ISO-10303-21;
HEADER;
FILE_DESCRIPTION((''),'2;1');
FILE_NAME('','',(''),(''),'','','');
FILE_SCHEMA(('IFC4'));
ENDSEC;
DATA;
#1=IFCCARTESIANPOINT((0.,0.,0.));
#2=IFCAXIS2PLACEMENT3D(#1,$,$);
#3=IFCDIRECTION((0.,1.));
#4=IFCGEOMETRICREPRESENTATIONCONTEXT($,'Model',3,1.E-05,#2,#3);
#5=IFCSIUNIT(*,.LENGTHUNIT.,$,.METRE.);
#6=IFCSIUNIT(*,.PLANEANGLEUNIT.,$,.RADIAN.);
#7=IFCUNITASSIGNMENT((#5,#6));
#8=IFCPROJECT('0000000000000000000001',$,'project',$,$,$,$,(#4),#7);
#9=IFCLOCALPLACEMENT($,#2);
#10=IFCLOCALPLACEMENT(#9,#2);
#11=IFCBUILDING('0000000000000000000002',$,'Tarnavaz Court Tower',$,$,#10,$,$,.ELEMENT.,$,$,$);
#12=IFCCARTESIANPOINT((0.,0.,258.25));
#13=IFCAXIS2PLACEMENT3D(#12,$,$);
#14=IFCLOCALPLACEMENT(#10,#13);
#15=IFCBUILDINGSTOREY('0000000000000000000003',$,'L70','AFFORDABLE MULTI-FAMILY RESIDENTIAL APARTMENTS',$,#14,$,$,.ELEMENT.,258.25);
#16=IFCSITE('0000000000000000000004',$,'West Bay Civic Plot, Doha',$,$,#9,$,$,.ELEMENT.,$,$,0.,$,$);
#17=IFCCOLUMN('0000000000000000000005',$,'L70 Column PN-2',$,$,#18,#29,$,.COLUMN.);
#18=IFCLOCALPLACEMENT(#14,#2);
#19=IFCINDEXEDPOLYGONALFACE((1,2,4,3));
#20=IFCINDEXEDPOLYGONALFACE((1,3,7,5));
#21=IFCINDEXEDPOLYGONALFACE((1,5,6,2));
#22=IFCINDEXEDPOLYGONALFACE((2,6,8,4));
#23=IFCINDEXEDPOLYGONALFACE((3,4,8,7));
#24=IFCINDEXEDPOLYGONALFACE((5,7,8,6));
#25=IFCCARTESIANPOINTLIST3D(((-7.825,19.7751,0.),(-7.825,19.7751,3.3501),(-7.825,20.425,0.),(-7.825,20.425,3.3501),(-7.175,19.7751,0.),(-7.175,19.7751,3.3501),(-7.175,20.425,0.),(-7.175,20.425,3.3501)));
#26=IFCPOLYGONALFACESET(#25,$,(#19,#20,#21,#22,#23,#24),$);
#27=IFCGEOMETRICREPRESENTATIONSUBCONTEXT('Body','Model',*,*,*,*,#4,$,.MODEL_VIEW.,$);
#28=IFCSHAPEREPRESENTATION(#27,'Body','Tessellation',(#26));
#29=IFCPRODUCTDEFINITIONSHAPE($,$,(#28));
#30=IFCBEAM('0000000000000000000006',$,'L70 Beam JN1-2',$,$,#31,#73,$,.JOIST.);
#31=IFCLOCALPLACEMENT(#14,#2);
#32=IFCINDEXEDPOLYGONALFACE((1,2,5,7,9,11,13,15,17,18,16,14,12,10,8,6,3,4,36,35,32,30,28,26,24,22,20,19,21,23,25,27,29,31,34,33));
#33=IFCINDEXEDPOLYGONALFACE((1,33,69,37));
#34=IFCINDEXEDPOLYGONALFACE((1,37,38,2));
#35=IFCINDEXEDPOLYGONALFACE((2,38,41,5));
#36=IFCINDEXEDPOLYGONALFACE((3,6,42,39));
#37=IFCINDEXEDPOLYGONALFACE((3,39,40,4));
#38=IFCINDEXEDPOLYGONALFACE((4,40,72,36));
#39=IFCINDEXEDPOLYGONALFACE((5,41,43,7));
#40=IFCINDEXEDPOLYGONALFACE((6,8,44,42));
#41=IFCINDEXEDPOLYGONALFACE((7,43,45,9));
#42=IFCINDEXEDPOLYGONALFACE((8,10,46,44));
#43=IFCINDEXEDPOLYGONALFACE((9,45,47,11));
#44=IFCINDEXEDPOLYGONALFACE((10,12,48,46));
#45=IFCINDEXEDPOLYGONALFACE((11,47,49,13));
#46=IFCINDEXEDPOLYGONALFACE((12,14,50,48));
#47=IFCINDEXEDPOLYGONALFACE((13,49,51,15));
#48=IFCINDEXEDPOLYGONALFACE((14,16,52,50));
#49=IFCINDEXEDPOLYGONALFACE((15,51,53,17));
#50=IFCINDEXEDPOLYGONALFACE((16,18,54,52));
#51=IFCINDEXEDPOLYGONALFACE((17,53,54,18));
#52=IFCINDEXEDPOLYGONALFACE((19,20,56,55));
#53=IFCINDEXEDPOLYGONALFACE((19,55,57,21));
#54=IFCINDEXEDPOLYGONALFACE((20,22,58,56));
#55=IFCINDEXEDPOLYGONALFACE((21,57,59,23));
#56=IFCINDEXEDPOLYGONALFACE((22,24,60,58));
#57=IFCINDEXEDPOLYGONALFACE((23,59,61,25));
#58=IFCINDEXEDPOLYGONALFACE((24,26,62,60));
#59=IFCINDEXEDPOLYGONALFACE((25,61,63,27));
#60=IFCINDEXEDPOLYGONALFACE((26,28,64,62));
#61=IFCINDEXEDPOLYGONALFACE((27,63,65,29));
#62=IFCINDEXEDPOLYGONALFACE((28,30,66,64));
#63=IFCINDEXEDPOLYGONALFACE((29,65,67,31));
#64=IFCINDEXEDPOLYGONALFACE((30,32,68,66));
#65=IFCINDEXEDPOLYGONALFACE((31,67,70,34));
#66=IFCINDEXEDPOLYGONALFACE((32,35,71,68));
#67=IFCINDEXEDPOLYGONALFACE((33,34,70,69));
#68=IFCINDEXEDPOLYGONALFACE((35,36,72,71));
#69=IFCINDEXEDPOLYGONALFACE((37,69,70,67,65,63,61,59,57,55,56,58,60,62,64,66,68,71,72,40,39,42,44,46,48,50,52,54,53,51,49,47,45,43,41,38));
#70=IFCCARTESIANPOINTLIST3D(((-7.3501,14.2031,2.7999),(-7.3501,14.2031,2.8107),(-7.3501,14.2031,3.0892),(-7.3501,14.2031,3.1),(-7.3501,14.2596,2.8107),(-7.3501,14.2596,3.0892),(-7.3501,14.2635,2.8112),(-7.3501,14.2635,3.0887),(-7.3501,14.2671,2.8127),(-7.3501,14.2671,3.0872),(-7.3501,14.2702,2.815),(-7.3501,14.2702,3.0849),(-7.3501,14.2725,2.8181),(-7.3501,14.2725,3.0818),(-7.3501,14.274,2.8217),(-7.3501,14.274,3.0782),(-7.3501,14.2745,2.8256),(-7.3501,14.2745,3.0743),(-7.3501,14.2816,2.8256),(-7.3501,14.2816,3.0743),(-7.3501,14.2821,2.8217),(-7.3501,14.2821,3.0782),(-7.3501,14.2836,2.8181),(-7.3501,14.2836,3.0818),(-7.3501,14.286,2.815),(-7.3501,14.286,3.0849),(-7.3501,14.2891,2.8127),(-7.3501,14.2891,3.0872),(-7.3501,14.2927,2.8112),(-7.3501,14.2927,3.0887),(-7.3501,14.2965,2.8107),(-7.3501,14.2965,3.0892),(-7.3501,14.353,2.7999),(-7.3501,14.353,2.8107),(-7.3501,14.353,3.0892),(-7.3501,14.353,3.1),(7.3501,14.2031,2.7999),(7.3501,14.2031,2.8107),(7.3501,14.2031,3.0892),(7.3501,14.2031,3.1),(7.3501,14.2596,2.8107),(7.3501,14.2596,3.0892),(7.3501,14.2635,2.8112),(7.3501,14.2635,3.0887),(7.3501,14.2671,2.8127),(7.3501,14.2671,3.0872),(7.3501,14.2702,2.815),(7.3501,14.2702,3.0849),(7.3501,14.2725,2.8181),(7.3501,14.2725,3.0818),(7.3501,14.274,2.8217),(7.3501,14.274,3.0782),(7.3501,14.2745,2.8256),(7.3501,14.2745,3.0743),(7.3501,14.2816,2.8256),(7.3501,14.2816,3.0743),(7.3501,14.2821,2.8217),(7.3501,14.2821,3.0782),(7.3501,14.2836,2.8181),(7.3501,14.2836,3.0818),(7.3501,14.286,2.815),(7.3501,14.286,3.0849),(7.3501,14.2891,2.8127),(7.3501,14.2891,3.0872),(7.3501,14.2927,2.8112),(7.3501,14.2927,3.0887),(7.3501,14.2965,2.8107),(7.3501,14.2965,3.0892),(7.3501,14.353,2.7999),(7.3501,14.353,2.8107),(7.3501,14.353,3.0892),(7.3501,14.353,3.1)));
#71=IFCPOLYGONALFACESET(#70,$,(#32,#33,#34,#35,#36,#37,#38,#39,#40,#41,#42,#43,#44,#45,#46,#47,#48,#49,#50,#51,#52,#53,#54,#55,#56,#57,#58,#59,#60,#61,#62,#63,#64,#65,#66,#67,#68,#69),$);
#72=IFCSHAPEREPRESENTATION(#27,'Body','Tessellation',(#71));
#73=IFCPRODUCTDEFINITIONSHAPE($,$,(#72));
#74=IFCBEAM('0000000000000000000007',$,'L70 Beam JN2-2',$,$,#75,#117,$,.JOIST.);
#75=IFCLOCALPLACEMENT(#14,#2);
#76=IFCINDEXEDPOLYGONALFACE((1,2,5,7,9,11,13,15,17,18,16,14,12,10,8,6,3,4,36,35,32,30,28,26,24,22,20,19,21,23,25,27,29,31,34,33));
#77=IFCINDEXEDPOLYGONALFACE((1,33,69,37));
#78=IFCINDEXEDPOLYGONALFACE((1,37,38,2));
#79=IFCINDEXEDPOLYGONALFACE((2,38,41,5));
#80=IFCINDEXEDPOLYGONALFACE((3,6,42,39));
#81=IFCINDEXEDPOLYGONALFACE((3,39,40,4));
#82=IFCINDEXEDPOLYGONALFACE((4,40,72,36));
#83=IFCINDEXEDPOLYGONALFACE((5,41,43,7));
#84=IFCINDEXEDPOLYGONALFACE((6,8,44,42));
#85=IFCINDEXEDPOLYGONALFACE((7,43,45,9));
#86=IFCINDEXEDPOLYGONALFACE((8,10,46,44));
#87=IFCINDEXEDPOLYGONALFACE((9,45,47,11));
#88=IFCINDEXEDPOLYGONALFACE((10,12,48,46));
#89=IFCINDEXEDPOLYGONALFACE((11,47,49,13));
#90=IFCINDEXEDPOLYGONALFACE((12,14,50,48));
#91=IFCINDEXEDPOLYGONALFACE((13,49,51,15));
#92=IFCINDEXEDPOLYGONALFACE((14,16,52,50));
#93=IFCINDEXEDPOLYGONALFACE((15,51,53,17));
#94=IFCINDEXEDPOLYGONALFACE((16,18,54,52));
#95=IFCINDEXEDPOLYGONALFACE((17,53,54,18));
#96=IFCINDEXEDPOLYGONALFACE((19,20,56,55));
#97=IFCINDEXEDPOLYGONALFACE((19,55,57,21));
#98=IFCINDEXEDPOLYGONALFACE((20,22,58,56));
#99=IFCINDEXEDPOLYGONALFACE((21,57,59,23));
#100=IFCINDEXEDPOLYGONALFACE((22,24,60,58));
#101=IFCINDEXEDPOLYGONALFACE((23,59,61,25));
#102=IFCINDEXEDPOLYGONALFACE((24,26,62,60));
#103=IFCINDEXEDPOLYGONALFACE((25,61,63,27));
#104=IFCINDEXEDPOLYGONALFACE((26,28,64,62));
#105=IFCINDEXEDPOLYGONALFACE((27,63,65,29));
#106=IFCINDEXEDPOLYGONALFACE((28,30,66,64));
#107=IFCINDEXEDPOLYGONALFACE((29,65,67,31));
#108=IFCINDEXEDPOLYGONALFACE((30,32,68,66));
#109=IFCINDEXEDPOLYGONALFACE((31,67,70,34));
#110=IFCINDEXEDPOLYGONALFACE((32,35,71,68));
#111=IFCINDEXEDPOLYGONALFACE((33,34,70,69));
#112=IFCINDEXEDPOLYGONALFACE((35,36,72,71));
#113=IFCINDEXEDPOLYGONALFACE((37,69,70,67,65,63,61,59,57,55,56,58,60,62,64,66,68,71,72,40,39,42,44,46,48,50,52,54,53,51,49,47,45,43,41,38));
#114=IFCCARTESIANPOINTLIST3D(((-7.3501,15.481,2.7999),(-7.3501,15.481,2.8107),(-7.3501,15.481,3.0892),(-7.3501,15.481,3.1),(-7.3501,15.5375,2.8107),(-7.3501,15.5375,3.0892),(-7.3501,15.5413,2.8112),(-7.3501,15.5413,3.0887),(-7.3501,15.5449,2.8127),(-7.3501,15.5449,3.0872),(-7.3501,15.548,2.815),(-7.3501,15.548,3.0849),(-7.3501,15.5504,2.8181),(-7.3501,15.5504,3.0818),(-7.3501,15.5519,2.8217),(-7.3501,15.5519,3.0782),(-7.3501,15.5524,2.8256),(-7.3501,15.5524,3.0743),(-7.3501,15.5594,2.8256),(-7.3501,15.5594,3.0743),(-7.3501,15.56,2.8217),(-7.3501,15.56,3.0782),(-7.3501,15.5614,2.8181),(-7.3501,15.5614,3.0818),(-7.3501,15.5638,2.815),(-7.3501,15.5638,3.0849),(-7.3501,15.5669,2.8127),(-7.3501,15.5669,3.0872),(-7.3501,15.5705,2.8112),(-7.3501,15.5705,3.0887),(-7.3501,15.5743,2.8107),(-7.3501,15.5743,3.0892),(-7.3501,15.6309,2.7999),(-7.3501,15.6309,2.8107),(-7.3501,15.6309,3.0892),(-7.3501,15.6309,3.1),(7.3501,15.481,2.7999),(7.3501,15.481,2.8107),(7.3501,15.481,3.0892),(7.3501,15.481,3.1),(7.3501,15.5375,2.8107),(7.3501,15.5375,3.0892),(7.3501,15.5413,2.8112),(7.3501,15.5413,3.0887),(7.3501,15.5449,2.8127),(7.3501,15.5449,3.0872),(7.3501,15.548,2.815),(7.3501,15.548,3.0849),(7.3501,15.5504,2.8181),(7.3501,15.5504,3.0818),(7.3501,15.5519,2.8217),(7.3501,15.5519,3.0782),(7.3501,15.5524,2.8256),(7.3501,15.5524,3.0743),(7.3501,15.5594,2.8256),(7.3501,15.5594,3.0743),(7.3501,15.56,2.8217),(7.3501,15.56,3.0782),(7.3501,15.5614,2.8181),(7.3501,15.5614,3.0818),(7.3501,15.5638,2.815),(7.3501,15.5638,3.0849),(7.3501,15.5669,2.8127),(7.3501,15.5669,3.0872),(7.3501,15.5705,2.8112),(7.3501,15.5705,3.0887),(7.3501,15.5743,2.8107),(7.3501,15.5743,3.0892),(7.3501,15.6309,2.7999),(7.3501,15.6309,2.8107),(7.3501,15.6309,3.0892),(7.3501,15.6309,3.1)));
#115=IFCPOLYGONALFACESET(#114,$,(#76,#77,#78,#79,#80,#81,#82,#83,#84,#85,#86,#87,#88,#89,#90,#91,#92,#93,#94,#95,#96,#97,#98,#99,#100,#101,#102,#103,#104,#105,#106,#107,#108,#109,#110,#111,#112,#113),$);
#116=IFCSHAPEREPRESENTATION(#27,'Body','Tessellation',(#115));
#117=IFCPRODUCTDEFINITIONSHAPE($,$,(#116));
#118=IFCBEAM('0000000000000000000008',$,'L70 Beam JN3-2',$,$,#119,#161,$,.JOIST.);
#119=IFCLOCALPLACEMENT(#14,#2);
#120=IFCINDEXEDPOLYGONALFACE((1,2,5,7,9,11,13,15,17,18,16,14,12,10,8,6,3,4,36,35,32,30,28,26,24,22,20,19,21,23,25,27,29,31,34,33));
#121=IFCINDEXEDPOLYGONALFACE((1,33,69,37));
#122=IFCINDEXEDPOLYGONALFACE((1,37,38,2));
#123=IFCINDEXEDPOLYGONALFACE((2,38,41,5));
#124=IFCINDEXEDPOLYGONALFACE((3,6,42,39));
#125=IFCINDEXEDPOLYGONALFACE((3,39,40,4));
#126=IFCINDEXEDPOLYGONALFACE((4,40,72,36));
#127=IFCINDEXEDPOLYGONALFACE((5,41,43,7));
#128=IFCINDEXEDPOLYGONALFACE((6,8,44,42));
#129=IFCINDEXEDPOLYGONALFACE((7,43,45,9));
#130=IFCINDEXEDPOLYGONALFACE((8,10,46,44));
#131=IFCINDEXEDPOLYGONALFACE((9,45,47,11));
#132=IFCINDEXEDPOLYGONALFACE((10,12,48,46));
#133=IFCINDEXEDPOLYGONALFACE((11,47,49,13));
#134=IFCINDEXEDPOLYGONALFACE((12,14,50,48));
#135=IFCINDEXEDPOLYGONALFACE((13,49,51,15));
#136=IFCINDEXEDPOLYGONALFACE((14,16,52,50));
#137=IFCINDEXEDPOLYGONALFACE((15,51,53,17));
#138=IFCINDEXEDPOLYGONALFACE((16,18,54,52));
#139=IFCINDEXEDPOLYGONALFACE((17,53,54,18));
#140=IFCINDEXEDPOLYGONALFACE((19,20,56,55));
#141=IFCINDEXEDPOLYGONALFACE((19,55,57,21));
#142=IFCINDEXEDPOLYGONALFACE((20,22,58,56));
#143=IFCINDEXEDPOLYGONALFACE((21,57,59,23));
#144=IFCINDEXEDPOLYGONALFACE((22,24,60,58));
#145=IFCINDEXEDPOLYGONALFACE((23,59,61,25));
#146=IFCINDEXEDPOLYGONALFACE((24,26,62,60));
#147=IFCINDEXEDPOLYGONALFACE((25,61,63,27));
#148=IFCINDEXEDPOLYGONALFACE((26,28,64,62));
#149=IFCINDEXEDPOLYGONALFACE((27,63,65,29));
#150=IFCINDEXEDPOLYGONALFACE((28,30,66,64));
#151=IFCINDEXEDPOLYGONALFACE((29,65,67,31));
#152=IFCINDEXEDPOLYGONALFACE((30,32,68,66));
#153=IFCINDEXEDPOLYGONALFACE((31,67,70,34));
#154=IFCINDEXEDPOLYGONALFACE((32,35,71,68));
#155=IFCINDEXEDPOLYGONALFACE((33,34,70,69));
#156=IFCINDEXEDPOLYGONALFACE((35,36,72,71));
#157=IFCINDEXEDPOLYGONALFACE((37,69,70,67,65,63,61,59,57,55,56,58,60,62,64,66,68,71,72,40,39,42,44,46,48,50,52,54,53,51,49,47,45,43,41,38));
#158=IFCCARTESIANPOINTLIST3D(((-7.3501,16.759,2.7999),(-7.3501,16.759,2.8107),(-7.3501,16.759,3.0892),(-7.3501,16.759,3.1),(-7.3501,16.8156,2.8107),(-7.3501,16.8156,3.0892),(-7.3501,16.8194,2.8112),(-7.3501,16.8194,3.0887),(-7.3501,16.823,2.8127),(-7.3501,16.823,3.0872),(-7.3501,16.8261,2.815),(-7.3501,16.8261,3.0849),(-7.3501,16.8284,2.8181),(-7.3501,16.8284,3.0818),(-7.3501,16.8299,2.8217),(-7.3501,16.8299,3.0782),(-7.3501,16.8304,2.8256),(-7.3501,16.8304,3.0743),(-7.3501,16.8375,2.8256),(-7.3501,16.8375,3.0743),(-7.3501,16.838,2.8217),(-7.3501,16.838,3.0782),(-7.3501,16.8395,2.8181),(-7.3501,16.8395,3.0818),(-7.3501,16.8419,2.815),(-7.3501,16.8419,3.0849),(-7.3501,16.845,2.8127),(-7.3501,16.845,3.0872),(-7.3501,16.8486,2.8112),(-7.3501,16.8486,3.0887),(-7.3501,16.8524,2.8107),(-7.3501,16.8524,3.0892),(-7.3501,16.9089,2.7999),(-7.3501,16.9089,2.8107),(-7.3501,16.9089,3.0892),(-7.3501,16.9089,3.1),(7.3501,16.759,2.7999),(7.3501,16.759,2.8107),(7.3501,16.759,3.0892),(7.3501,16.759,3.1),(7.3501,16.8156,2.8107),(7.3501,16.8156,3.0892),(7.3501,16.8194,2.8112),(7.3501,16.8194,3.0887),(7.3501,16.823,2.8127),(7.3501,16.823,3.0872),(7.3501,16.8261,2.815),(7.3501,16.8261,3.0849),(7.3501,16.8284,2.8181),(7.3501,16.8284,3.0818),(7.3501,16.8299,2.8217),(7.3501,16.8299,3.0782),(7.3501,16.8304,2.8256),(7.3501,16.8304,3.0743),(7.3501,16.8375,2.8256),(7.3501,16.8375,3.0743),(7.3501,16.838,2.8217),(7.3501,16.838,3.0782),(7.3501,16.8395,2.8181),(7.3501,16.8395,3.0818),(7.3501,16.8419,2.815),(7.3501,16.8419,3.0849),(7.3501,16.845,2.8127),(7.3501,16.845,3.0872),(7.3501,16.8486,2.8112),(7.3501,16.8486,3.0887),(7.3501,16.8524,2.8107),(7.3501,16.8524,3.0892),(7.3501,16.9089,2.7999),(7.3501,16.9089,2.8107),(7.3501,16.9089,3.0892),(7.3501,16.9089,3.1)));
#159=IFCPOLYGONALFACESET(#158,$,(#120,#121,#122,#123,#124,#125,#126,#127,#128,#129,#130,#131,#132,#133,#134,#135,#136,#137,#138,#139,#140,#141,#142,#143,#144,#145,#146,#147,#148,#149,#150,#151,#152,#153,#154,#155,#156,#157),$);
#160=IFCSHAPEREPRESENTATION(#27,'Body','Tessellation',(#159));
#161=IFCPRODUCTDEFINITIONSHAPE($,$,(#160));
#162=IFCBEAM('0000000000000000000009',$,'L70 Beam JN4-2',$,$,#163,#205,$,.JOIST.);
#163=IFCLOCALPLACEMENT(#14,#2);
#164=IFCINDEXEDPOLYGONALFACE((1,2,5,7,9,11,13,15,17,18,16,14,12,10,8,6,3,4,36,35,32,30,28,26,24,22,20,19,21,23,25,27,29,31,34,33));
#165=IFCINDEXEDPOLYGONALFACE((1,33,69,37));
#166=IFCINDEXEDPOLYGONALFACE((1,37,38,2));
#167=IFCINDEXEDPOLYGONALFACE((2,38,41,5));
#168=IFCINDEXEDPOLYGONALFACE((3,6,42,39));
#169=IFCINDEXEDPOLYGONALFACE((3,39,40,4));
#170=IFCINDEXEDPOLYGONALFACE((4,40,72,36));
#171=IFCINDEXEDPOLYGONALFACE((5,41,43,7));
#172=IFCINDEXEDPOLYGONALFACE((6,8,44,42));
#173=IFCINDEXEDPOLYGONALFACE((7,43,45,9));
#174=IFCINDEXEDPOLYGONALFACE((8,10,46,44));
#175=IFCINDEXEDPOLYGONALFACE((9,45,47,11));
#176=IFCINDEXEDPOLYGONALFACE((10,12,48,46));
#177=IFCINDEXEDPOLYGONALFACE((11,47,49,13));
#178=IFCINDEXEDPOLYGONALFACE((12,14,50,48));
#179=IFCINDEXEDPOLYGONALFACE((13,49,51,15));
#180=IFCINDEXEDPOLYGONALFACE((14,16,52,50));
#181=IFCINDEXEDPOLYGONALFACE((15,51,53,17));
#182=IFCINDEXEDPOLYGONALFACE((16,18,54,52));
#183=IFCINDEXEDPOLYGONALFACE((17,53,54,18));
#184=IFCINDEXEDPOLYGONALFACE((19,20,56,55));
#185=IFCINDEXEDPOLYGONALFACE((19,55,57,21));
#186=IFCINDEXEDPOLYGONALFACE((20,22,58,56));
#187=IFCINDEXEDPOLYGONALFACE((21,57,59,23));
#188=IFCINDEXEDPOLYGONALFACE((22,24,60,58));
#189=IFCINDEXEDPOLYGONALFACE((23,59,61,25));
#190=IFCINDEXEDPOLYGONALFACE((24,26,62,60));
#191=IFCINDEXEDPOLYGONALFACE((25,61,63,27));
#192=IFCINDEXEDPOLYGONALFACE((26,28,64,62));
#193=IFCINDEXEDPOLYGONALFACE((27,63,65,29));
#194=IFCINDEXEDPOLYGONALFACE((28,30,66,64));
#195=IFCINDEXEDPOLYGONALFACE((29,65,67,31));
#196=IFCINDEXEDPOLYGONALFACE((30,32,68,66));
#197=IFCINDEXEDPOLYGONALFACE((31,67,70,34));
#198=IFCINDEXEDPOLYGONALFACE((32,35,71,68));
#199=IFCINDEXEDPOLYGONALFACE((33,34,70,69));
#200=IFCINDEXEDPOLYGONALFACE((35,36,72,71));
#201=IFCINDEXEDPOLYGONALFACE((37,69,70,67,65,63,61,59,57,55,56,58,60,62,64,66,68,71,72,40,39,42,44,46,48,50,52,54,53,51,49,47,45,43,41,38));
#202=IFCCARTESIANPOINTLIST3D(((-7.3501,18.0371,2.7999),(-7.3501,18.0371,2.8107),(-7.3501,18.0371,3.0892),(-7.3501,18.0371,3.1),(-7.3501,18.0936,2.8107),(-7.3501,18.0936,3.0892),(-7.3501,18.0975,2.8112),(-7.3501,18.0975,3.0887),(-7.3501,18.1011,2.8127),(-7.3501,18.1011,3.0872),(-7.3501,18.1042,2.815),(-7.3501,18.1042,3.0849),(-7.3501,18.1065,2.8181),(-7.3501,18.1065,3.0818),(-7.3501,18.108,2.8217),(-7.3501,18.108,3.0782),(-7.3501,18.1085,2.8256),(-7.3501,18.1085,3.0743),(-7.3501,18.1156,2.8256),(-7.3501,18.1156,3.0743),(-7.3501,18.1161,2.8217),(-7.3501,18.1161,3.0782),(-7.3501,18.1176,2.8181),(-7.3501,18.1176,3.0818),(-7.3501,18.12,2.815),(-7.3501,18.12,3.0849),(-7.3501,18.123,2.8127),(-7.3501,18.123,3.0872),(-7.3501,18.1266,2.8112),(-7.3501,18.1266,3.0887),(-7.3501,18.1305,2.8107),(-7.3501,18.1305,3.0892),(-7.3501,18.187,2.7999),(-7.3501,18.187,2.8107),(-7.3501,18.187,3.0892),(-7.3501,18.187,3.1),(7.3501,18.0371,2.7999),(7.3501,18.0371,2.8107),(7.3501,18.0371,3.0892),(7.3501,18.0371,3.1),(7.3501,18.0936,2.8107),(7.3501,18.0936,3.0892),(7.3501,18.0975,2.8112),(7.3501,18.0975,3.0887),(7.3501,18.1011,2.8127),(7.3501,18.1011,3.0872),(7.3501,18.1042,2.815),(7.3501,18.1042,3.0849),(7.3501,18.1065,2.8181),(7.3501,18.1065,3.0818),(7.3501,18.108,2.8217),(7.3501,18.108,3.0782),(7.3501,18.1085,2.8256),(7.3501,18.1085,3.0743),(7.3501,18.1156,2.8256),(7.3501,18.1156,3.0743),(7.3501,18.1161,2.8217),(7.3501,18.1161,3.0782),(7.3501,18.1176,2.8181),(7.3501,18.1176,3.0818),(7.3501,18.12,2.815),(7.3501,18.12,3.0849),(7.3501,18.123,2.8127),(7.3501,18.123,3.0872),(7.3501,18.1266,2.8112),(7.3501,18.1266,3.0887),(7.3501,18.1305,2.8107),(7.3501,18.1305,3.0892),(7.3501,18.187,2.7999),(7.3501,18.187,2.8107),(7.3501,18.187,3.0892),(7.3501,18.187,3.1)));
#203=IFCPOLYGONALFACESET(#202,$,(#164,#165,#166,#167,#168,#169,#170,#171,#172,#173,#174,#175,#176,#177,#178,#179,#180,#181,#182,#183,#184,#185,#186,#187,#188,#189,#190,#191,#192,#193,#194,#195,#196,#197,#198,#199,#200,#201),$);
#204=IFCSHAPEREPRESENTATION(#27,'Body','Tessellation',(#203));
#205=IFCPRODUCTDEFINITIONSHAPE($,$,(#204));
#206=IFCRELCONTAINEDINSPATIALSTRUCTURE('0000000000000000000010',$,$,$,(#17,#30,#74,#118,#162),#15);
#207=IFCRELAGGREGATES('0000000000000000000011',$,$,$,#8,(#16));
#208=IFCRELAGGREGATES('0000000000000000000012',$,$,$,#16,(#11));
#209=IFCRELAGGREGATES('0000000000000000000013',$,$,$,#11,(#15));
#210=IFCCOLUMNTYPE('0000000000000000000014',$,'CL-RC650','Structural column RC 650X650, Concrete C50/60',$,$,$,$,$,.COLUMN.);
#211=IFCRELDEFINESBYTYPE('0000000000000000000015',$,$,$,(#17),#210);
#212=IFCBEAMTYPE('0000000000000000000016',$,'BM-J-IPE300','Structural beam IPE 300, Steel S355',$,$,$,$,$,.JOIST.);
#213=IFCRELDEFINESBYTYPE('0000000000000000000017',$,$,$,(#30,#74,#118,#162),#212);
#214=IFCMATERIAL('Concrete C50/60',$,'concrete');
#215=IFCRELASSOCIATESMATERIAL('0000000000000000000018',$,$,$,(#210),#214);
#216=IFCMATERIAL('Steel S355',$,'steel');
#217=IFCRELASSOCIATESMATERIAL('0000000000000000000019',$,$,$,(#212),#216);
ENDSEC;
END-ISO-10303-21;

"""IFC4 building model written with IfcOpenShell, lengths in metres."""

from ifc_helpers import new_model, si_unit, direction, frame, origin, origin_2d, place, context, subcontext, project, spatial, rectangle, i_section, extrude, material, material_profile, profile_set, type_object, element, save


model = new_model("IFC4")

# Units and contexts
model_context = context("Model", 3, precision=1e-05, world=origin(), true_north=direction((0.0, 1.0)))
body_context = subcontext(model_context, "Body", "Model", "MODEL_VIEW")
ifc_project = project(units=[si_unit("LENGTHUNIT", "METRE"), si_unit("PLANEANGLEUNIT", "RADIAN")], contexts=[model_context])

# Site, building, storey
site_placement = place(None, origin())
site = spatial("IfcSite", under=ifc_project, at=site_placement, Name="West Bay Civic Plot, Doha", CompositionType="ELEMENT", RefElevation=0.0)
building_placement = place(site_placement, origin())
building = spatial("IfcBuilding", under=site, at=building_placement, Name="Tarnavaz Court Tower", CompositionType="ELEMENT")
storey_placement = place(building_placement, frame((0.0, 0.0, 258.25)))
storey = spatial("IfcBuildingStorey", under=building, at=storey_placement, Name="L70", Description="AFFORDABLE MULTI-FAMILY RESIDENTIAL APARTMENTS", CompositionType="ELEMENT", Elevation=258.25)

# Column
ifc_material_1 = material(Name="Concrete C50/60", Category="concrete")
ifc_material_profile_1 = material_profile(ifc_material_1, rectangle(XDim=0.6499, YDim=0.6499, at=origin_2d()), Name="RC 650X650")
ifc_profile_set_1 = profile_set([ifc_material_profile_1], Name="Concrete C50/60")
column_type = type_object("IfcColumnType", Name="CL-RC650", Description="Structural column RC 650X650, Concrete C50/60", PredefinedType="COLUMN", material=ifc_profile_set_1)
column_placement = place(storey_placement, frame((-7.5, 20.1001, 0.0), z_axis=(0.0, 0.0, 1.0), x_axis=(1.0, 0.0, 0.0)))
element("IfcColumn", 1, at=column_placement, inside=storey, type_object=column_type, Name="L70 Column PN-2", PredefinedType="COLUMN", context=body_context, shape_type="SweptSolid", body=[
    extrude(rectangle(XDim=0.6499, YDim=0.6499, at=origin_2d()), origin(), (0.0, 0.0, 1.0), 3.3501),
])

# Beams
ifc_material_2 = material(Name="Steel S355", Category="steel")
ifc_material_profile_2 = material_profile(ifc_material_2, i_section(OverallWidth=0.1499, OverallDepth=0.3, WebThickness=0.0071, FlangeThickness=0.0107, FilletRadius=0.0149, at=origin_2d()), Name="IPE 300")
ifc_profile_set_2 = profile_set([ifc_material_profile_2], Name="Steel S355")
beam_type_1 = type_object("IfcBeamType", Name="BM-J-IPE300", Description="Structural beam IPE 300, Steel S355", PredefinedType="JOIST", material=ifc_profile_set_2)
for number, where, z_axis, x_axis, name in (
    (2, (-7.3501, 14.2781, 2.95), (1.0, 0.0, 0.0), (0.0, 1.0, 0.0), "L70 Beam JN1-2"),
    (3, (-7.3501, 15.5559, 2.95), (1.0, 0.0, 0.0), (0.0, 1.0, 0.0), "L70 Beam JN2-2"),
    (4, (-7.3501, 16.834, 2.95), (1.0, 0.0, 0.0), (0.0, 1.0, 0.0), "L70 Beam JN3-2"),
    (5, (-7.3501, 18.1121, 2.95), (1.0, 0.0, 0.0), (0.0, 1.0, 0.0), "L70 Beam JN4-2"),
):
    element("IfcBeam", number, at=place(storey_placement, frame(where, z_axis=z_axis, x_axis=x_axis)), inside=storey, type_object=beam_type_1, Name=name, PredefinedType="JOIST", context=body_context, shape_type="SweptSolid", body=[
        extrude(i_section(OverallWidth=0.1499, OverallDepth=0.3, WebThickness=0.0071, FlangeThickness=0.0107, FilletRadius=0.0149, at=origin_2d()), origin(), (0.0, 0.0, 1.0), 14.7002),
    ])

save(model, "model.ifc")
